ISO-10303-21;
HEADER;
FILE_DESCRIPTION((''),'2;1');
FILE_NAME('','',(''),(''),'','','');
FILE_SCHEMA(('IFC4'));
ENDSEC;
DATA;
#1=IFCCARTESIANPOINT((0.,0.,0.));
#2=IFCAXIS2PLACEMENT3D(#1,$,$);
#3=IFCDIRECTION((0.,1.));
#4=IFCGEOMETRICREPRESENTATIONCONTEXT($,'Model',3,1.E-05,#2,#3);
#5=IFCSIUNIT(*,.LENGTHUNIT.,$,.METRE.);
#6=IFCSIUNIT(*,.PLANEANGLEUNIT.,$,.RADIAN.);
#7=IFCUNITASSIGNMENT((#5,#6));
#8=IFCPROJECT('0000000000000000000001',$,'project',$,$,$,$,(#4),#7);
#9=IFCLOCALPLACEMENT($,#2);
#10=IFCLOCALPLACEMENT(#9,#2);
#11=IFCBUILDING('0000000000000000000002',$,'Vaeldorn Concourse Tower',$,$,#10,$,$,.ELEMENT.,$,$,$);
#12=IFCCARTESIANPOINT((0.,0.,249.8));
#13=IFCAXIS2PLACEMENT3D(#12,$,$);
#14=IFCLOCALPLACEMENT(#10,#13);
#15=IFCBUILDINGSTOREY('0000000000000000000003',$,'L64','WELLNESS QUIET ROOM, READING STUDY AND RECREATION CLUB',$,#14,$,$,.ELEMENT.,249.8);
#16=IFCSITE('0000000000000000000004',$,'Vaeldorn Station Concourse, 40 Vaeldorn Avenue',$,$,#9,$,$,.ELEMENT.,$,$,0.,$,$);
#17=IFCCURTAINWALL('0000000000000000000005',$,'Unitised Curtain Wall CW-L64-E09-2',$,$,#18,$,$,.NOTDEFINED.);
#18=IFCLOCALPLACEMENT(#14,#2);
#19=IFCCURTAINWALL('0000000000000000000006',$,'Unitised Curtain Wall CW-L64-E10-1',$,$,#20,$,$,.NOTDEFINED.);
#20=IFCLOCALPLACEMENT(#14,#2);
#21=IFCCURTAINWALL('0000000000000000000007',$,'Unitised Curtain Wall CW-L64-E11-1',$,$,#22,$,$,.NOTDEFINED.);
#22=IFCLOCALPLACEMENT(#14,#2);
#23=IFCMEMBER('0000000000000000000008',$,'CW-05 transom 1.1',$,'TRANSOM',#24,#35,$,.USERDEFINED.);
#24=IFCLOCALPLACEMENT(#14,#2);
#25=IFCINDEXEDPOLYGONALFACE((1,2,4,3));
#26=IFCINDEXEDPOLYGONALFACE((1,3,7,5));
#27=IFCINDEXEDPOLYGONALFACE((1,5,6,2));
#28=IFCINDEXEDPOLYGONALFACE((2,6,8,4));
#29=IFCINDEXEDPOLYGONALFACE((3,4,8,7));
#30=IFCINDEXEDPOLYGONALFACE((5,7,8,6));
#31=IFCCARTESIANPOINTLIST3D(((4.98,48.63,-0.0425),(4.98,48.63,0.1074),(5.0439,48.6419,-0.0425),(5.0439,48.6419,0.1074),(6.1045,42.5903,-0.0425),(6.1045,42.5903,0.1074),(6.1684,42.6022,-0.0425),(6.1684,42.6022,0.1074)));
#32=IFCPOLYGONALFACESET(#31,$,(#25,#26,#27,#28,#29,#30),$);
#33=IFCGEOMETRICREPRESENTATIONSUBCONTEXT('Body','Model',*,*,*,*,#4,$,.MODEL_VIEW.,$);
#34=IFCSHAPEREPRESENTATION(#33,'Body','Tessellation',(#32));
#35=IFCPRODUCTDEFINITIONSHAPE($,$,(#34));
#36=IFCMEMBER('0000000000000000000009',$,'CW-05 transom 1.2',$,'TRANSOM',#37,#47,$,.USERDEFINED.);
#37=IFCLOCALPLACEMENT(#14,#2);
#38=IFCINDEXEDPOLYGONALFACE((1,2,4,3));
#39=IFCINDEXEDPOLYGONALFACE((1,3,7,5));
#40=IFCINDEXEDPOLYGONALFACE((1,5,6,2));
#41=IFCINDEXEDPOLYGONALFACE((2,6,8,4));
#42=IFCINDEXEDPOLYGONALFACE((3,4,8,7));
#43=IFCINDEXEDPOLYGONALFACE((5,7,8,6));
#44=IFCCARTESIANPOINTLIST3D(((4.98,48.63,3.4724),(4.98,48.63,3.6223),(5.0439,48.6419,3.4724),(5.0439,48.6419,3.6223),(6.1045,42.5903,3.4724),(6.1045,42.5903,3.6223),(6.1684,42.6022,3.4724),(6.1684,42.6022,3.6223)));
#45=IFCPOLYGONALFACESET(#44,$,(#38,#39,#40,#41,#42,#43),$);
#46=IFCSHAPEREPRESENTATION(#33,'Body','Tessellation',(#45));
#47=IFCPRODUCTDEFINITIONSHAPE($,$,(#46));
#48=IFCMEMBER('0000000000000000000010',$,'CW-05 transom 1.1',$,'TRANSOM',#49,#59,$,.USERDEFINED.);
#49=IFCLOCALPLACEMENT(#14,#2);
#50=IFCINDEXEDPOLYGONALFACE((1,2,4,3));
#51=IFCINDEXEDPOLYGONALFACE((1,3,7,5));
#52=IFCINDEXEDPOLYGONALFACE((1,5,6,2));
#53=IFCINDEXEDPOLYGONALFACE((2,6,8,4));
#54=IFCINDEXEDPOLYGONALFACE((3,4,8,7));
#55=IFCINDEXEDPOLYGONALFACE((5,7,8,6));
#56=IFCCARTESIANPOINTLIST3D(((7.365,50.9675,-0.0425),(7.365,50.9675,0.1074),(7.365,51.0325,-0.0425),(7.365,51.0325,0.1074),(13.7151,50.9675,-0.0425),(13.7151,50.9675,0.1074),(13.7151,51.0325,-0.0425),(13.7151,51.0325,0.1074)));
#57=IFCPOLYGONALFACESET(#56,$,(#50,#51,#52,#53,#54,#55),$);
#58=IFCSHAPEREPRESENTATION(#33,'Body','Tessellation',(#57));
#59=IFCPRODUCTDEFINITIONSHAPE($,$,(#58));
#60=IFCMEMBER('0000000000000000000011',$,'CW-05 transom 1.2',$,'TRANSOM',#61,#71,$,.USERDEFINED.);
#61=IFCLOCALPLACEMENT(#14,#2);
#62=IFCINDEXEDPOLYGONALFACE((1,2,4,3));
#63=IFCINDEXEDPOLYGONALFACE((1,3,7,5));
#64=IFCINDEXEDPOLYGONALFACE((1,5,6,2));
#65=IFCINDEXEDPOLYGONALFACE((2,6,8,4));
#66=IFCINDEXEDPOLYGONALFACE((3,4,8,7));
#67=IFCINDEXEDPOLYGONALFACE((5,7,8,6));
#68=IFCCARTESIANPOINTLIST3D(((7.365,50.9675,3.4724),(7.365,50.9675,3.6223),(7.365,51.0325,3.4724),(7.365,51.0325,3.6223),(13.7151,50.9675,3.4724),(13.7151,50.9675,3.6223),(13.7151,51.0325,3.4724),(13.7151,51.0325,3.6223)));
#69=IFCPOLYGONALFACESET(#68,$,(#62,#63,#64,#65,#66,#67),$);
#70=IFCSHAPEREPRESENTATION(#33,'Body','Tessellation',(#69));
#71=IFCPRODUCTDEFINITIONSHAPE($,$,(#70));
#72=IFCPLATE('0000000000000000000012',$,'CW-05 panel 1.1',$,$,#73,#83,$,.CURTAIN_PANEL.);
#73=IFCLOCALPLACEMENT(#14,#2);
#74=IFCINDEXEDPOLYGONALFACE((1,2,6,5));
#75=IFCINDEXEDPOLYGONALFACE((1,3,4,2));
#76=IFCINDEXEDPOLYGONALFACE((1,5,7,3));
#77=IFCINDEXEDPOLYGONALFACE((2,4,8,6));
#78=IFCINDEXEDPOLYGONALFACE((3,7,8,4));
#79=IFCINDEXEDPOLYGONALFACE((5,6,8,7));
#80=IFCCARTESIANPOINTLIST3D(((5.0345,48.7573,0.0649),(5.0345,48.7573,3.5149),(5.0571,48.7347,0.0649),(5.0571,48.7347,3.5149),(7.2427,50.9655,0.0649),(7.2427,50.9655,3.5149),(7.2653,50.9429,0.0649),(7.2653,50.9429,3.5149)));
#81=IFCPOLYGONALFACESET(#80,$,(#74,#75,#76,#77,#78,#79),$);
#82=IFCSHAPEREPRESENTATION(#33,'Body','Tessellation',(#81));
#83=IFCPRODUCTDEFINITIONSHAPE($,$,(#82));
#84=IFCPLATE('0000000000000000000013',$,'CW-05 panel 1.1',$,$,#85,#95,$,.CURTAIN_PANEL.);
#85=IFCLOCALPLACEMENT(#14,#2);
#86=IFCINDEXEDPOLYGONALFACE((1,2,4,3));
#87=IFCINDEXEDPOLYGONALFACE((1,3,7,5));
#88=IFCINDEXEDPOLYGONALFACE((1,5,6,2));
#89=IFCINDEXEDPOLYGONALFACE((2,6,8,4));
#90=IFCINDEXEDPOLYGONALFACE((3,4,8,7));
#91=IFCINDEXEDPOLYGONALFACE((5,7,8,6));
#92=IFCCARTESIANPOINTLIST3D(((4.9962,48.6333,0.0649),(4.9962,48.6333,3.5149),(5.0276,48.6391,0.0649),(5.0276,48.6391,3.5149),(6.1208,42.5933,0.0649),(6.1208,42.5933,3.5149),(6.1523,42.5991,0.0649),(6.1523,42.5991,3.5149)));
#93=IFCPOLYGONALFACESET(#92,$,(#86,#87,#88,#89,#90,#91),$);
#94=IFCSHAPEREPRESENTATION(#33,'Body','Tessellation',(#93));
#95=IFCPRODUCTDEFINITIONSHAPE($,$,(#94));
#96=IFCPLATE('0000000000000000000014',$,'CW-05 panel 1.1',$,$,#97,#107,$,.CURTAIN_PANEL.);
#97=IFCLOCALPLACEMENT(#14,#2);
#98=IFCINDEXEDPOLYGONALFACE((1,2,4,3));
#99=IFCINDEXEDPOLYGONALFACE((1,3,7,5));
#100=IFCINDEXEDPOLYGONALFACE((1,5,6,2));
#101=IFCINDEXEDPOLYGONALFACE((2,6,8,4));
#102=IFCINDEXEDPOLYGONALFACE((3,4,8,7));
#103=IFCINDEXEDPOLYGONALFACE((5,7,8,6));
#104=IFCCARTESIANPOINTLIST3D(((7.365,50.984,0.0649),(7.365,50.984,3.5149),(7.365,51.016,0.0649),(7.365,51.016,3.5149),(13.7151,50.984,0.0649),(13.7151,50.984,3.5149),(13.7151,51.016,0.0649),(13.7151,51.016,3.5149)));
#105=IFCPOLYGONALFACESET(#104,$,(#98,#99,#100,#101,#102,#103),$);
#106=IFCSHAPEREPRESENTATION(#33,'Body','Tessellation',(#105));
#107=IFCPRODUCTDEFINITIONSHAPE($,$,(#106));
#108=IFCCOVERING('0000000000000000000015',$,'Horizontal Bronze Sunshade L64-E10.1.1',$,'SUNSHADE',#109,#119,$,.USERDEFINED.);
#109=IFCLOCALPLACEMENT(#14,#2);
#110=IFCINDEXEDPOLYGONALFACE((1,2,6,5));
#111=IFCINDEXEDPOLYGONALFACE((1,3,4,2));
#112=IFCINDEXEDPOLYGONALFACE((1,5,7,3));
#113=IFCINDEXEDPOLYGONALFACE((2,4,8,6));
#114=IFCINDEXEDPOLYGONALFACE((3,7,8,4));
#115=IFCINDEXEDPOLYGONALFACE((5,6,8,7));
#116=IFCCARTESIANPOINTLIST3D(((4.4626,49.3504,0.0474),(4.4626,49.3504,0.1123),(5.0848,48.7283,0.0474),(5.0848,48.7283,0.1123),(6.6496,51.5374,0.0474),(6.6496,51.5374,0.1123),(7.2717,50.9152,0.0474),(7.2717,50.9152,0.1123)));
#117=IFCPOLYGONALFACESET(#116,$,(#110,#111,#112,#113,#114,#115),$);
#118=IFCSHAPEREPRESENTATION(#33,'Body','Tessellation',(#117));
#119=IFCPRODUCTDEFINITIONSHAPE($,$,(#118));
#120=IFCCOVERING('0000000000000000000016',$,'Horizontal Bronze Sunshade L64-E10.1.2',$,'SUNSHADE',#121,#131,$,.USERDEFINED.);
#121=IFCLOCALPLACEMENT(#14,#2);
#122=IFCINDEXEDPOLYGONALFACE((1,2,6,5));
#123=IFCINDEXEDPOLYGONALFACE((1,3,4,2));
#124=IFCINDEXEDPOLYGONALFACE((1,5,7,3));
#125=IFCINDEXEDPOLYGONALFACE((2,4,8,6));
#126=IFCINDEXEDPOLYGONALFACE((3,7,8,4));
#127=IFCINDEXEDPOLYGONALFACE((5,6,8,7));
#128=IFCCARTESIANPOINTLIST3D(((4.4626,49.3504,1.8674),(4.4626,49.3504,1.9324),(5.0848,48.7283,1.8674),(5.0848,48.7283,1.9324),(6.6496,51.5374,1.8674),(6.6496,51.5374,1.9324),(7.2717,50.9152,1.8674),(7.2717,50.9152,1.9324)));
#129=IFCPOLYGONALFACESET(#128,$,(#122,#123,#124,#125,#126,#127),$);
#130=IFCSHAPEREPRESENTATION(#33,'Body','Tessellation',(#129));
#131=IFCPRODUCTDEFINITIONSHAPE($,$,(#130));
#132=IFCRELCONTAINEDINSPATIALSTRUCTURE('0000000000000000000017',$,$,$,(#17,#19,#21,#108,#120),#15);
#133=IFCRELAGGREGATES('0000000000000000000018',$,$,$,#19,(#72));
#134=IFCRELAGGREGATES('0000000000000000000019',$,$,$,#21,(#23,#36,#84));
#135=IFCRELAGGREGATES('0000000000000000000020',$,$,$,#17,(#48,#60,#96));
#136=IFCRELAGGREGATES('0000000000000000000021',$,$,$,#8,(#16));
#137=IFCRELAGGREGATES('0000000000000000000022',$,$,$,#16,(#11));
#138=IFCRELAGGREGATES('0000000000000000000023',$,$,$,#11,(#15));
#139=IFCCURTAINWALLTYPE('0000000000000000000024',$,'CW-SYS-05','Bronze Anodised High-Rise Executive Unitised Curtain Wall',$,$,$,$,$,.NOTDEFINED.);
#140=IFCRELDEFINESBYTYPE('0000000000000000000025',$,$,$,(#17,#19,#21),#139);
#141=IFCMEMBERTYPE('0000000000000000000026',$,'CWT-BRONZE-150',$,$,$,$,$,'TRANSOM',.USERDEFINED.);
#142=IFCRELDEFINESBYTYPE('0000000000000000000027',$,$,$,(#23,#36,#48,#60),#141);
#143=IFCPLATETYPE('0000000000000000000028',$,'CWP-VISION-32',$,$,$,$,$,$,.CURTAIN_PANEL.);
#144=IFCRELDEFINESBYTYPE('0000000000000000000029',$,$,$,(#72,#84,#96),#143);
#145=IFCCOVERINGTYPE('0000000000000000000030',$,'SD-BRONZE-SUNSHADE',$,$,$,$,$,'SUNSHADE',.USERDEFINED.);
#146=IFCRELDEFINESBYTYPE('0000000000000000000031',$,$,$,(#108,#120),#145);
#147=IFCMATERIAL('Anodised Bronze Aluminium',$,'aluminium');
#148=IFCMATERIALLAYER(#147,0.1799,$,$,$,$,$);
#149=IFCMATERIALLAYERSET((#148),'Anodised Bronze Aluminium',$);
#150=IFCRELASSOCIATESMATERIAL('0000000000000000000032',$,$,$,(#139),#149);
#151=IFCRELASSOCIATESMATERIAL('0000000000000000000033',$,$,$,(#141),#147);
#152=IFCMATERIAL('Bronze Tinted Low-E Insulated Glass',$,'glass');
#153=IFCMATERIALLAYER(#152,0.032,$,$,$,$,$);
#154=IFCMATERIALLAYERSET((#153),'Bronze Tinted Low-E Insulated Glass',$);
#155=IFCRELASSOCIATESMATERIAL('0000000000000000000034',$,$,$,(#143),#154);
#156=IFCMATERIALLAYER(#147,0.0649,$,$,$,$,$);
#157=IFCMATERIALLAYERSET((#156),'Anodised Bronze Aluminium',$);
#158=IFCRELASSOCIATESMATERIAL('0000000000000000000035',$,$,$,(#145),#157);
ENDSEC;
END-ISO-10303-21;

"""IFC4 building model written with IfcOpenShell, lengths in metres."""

from ifc_helpers import new_model, si_unit, direction, frame, origin, origin_2d, place, context, subcontext, project, spatial, rectangle, extrude, source, transform, mapped, material, layer, layer_set, material_profile, profile_set, type_object, element, aggregate, save


model = new_model("IFC4")

# Units and contexts
model_context = context("Model", 3, precision=1e-05, world=origin(), true_north=direction((0.0, 1.0)))
body_context = subcontext(model_context, "Body", "Model", "MODEL_VIEW")
ifc_project = project(units=[si_unit("LENGTHUNIT", "METRE"), si_unit("PLANEANGLEUNIT", "RADIAN")], contexts=[model_context])

# Site, building, storey
site_placement = place(None, origin())
site = spatial("IfcSite", under=ifc_project, at=site_placement, Name="Vaeldorn Station Concourse, 40 Vaeldorn Avenue", CompositionType="ELEMENT", RefElevation=0.0)
building_placement = place(site_placement, origin())
building = spatial("IfcBuilding", under=site, at=building_placement, Name="Vaeldorn Concourse Tower", CompositionType="ELEMENT")
storey_placement = place(building_placement, frame((0.0, 0.0, 249.8)))
storey = spatial("IfcBuildingStorey", under=building, at=storey_placement, Name="L64", Description="WELLNESS QUIET ROOM, READING STUDY AND RECREATION CLUB", CompositionType="ELEMENT", Elevation=249.8)

# Curtain walls
ifc_material_1 = material(Name="Anodised Bronze Aluminium", Category="aluminium")
ifc_layer_1 = layer(ifc_material_1, 0.1799)
ifc_layer_set_1 = layer_set([ifc_layer_1], Name="Anodised Bronze Aluminium")
curtain_wall_type = type_object("IfcCurtainWallType", Name="CW-SYS-05", Description="Bronze Anodised High-Rise Executive Unitised Curtain Wall", PredefinedType="NOTDEFINED", material=ifc_layer_set_1)
curtain_wall_1_placement = place(storey_placement, origin())
curtain_wall_1 = element("IfcCurtainWall", 1, at=curtain_wall_1_placement, inside=storey, type_object=curtain_wall_type, Name="Unitised Curtain Wall CW-L64-E09-2", PredefinedType="NOTDEFINED")
curtain_wall_2_placement = place(storey_placement, origin())
curtain_wall_2 = element("IfcCurtainWall", 2, at=curtain_wall_2_placement, inside=storey, type_object=curtain_wall_type, Name="Unitised Curtain Wall CW-L64-E10-1", PredefinedType="NOTDEFINED")
curtain_wall_3_placement = place(storey_placement, origin())
curtain_wall_3 = element("IfcCurtainWall", 3, at=curtain_wall_3_placement, inside=storey, type_object=curtain_wall_type, Name="Unitised Curtain Wall CW-L64-E11-1", PredefinedType="NOTDEFINED")

# Members
ifc_material_profile_1 = material_profile(ifc_material_1, rectangle(XDim=0.0649, YDim=0.1499, at=origin_2d()), Name="CWT 65x150")
ifc_profile_set_1 = profile_set([ifc_material_profile_1], Name="Anodised Bronze Aluminium")
member_type_1 = type_object("IfcMemberType", Name="CWT-BRONZE-150", ElementType="TRANSOM", PredefinedType="USERDEFINED", material=ifc_profile_set_1)
shared_shape_1 = source(origin(), body_context, "Body", "SweptSolid", [
    extrude(rectangle(XDim=0.0649, YDim=0.1499, at=origin_2d()), origin(), (0.0, 0.0, 1.0), 6.1436),
])
member_1_placement = place(storey_placement, frame((5.012, 48.636, 0.0325), z_axis=(0.183038, -0.983106, 0.0), x_axis=(0.983106, 0.183038, 0.0)))
member_1 = element("IfcMember", 4, at=member_1_placement, type_object=member_type_1, Name="CW-05 transom 1.1", ObjectType="TRANSOM", PredefinedType="USERDEFINED", context=body_context, shape_type="MappedRepresentation", body=[
    mapped(shared_shape_1, transform((0.0, 0.0, 0.0), scale=1.0)),
])
member_2_placement = place(storey_placement, frame((5.012, 48.636, 3.5474), z_axis=(0.183038, -0.983106, 0.0), x_axis=(0.983106, 0.183038, 0.0)))
member_2 = element("IfcMember", 5, at=member_2_placement, type_object=member_type_1, Name="CW-05 transom 1.2", ObjectType="TRANSOM", PredefinedType="USERDEFINED", context=body_context, shape_type="MappedRepresentation", body=[
    mapped(shared_shape_1, transform((0.0, 0.0, 0.0), scale=1.0)),
])
shared_shape_2 = source(origin(), body_context, "Body", "SweptSolid", [
    extrude(rectangle(XDim=0.0649, YDim=0.1499, at=origin_2d()), origin(), (0.0, 0.0, 1.0), 6.3501),
])
member_3_placement = place(storey_placement, frame((13.7151, 51.0, 0.0325), z_axis=(-1.0, 0.0, 0.0), x_axis=(0.0, -1.0, 0.0)))
member_3 = element("IfcMember", 6, at=member_3_placement, type_object=member_type_1, Name="CW-05 transom 1.1", ObjectType="TRANSOM", PredefinedType="USERDEFINED", context=body_context, shape_type="MappedRepresentation", body=[
    mapped(shared_shape_2, transform((0.0, 0.0, 0.0), scale=1.0)),
])
member_4_placement = place(storey_placement, frame((13.7151, 51.0, 3.5474), z_axis=(-1.0, 0.0, 0.0), x_axis=(0.0, -1.0, 0.0)))
member_4 = element("IfcMember", 7, at=member_4_placement, type_object=member_type_1, Name="CW-05 transom 1.2", ObjectType="TRANSOM", PredefinedType="USERDEFINED", context=body_context, shape_type="MappedRepresentation", body=[
    mapped(shared_shape_2, transform((0.0, 0.0, 0.0), scale=1.0)),
])

# Plates
ifc_material_2 = material(Name="Bronze Tinted Low-E Insulated Glass", Category="glass")
ifc_layer_2 = layer(ifc_material_2, 0.032)
ifc_layer_set_2 = layer_set([ifc_layer_2], Name="Bronze Tinted Low-E Insulated Glass")
plate_type = type_object("IfcPlateType", Name="CWP-VISION-32", PredefinedType="CURTAIN_PANEL", material=ifc_layer_set_2)
shared_shape_3 = source(origin(), body_context, "Body", "SweptSolid", [
    extrude(rectangle(XDim=3.1228, YDim=0.032, at=origin_2d()), origin(), (0.0, 0.0, 1.0), 3.45),
])
plate_1_placement = place(storey_placement, frame((6.1499, 49.8501, 0.0649), z_axis=(0.0, 0.0, 1.0), x_axis=(-0.707107, -0.707107, 0.0)))
plate_1 = element("IfcPlate", 8, at=plate_1_placement, type_object=plate_type, Name="CW-05 panel 1.1", PredefinedType="CURTAIN_PANEL", context=body_context, shape_type="MappedRepresentation", body=[
    mapped(shared_shape_3, transform((0.0, 0.0, 0.0), scale=1.0)),
])
aggregate(curtain_wall_2, [plate_1])
shared_shape_4 = source(origin(), body_context, "Body", "SweptSolid", [
    extrude(rectangle(XDim=6.1438, YDim=0.032, at=origin_2d()), origin(), (0.0, 0.0, 1.0), 3.45),
])
plate_2_placement = place(storey_placement, frame((5.5742, 45.6162, 0.0649), z_axis=(0.0, 0.0, 1.0), x_axis=(0.183054, -0.983103, 0.0)))
plate_2 = element("IfcPlate", 9, at=plate_2_placement, type_object=plate_type, Name="CW-05 panel 1.1", PredefinedType="CURTAIN_PANEL", context=body_context, shape_type="MappedRepresentation", body=[
    mapped(shared_shape_4, transform((0.0, 0.0, 0.0), scale=1.0)),
])
aggregate(curtain_wall_3, [member_1, member_2, plate_2])
shared_shape_5 = source(origin(), body_context, "Body", "SweptSolid", [
    extrude(rectangle(XDim=6.3501, YDim=0.032, at=origin_2d()), origin(), (0.0, 0.0, 1.0), 3.45),
])
plate_3_placement = place(storey_placement, frame((10.54, 51.0, 0.0649), z_axis=(0.0, 0.0, 1.0), x_axis=(-1.0, 0.0, 0.0)))
plate_3 = element("IfcPlate", 10, at=plate_3_placement, type_object=plate_type, Name="CW-05 panel 1.1", PredefinedType="CURTAIN_PANEL", context=body_context, shape_type="MappedRepresentation", body=[
    mapped(shared_shape_5, transform((0.0, 0.0, 0.0), scale=1.0)),
])
aggregate(curtain_wall_1, [member_3, member_4, plate_3])

# Coverings
ifc_layer_3 = layer(ifc_material_1, 0.0649)
ifc_layer_set_3 = layer_set([ifc_layer_3], Name="Anodised Bronze Aluminium")
covering_type = type_object("IfcCoveringType", Name="SD-BRONZE-SUNSHADE", ElementType="SUNSHADE", PredefinedType="USERDEFINED", material=ifc_layer_set_3)
shared_shape_6 = source(origin(), body_context, "Body", "SweptSolid", [
    extrude(rectangle(XDim=3.0928, YDim=0.8799, at=origin_2d()), origin(), (0.0, 0.0, 1.0), 0.0649),
])
for number, where, z_axis, x_axis, name in (
    (11, (5.8672, 50.1328, 0.0474), (0.0, 0.0, 1.0), (-0.707107, -0.707107, 0.0), "Horizontal Bronze Sunshade L64-E10.1.1"),
    (12, (5.8672, 50.1328, 1.8674), (0.0, 0.0, 1.0), (-0.707107, -0.707107, 0.0), "Horizontal Bronze Sunshade L64-E10.1.2"),
):
    element("IfcCovering", number, at=place(storey_placement, frame(where, z_axis=z_axis, x_axis=x_axis)), inside=storey, type_object=covering_type, Name=name, ObjectType="SUNSHADE", PredefinedType="USERDEFINED", context=body_context, shape_type="MappedRepresentation", body=[
        mapped(shared_shape_6, transform((0.0, 0.0, 0.0), scale=1.0)),
    ])

save(model, "model.ifc")
